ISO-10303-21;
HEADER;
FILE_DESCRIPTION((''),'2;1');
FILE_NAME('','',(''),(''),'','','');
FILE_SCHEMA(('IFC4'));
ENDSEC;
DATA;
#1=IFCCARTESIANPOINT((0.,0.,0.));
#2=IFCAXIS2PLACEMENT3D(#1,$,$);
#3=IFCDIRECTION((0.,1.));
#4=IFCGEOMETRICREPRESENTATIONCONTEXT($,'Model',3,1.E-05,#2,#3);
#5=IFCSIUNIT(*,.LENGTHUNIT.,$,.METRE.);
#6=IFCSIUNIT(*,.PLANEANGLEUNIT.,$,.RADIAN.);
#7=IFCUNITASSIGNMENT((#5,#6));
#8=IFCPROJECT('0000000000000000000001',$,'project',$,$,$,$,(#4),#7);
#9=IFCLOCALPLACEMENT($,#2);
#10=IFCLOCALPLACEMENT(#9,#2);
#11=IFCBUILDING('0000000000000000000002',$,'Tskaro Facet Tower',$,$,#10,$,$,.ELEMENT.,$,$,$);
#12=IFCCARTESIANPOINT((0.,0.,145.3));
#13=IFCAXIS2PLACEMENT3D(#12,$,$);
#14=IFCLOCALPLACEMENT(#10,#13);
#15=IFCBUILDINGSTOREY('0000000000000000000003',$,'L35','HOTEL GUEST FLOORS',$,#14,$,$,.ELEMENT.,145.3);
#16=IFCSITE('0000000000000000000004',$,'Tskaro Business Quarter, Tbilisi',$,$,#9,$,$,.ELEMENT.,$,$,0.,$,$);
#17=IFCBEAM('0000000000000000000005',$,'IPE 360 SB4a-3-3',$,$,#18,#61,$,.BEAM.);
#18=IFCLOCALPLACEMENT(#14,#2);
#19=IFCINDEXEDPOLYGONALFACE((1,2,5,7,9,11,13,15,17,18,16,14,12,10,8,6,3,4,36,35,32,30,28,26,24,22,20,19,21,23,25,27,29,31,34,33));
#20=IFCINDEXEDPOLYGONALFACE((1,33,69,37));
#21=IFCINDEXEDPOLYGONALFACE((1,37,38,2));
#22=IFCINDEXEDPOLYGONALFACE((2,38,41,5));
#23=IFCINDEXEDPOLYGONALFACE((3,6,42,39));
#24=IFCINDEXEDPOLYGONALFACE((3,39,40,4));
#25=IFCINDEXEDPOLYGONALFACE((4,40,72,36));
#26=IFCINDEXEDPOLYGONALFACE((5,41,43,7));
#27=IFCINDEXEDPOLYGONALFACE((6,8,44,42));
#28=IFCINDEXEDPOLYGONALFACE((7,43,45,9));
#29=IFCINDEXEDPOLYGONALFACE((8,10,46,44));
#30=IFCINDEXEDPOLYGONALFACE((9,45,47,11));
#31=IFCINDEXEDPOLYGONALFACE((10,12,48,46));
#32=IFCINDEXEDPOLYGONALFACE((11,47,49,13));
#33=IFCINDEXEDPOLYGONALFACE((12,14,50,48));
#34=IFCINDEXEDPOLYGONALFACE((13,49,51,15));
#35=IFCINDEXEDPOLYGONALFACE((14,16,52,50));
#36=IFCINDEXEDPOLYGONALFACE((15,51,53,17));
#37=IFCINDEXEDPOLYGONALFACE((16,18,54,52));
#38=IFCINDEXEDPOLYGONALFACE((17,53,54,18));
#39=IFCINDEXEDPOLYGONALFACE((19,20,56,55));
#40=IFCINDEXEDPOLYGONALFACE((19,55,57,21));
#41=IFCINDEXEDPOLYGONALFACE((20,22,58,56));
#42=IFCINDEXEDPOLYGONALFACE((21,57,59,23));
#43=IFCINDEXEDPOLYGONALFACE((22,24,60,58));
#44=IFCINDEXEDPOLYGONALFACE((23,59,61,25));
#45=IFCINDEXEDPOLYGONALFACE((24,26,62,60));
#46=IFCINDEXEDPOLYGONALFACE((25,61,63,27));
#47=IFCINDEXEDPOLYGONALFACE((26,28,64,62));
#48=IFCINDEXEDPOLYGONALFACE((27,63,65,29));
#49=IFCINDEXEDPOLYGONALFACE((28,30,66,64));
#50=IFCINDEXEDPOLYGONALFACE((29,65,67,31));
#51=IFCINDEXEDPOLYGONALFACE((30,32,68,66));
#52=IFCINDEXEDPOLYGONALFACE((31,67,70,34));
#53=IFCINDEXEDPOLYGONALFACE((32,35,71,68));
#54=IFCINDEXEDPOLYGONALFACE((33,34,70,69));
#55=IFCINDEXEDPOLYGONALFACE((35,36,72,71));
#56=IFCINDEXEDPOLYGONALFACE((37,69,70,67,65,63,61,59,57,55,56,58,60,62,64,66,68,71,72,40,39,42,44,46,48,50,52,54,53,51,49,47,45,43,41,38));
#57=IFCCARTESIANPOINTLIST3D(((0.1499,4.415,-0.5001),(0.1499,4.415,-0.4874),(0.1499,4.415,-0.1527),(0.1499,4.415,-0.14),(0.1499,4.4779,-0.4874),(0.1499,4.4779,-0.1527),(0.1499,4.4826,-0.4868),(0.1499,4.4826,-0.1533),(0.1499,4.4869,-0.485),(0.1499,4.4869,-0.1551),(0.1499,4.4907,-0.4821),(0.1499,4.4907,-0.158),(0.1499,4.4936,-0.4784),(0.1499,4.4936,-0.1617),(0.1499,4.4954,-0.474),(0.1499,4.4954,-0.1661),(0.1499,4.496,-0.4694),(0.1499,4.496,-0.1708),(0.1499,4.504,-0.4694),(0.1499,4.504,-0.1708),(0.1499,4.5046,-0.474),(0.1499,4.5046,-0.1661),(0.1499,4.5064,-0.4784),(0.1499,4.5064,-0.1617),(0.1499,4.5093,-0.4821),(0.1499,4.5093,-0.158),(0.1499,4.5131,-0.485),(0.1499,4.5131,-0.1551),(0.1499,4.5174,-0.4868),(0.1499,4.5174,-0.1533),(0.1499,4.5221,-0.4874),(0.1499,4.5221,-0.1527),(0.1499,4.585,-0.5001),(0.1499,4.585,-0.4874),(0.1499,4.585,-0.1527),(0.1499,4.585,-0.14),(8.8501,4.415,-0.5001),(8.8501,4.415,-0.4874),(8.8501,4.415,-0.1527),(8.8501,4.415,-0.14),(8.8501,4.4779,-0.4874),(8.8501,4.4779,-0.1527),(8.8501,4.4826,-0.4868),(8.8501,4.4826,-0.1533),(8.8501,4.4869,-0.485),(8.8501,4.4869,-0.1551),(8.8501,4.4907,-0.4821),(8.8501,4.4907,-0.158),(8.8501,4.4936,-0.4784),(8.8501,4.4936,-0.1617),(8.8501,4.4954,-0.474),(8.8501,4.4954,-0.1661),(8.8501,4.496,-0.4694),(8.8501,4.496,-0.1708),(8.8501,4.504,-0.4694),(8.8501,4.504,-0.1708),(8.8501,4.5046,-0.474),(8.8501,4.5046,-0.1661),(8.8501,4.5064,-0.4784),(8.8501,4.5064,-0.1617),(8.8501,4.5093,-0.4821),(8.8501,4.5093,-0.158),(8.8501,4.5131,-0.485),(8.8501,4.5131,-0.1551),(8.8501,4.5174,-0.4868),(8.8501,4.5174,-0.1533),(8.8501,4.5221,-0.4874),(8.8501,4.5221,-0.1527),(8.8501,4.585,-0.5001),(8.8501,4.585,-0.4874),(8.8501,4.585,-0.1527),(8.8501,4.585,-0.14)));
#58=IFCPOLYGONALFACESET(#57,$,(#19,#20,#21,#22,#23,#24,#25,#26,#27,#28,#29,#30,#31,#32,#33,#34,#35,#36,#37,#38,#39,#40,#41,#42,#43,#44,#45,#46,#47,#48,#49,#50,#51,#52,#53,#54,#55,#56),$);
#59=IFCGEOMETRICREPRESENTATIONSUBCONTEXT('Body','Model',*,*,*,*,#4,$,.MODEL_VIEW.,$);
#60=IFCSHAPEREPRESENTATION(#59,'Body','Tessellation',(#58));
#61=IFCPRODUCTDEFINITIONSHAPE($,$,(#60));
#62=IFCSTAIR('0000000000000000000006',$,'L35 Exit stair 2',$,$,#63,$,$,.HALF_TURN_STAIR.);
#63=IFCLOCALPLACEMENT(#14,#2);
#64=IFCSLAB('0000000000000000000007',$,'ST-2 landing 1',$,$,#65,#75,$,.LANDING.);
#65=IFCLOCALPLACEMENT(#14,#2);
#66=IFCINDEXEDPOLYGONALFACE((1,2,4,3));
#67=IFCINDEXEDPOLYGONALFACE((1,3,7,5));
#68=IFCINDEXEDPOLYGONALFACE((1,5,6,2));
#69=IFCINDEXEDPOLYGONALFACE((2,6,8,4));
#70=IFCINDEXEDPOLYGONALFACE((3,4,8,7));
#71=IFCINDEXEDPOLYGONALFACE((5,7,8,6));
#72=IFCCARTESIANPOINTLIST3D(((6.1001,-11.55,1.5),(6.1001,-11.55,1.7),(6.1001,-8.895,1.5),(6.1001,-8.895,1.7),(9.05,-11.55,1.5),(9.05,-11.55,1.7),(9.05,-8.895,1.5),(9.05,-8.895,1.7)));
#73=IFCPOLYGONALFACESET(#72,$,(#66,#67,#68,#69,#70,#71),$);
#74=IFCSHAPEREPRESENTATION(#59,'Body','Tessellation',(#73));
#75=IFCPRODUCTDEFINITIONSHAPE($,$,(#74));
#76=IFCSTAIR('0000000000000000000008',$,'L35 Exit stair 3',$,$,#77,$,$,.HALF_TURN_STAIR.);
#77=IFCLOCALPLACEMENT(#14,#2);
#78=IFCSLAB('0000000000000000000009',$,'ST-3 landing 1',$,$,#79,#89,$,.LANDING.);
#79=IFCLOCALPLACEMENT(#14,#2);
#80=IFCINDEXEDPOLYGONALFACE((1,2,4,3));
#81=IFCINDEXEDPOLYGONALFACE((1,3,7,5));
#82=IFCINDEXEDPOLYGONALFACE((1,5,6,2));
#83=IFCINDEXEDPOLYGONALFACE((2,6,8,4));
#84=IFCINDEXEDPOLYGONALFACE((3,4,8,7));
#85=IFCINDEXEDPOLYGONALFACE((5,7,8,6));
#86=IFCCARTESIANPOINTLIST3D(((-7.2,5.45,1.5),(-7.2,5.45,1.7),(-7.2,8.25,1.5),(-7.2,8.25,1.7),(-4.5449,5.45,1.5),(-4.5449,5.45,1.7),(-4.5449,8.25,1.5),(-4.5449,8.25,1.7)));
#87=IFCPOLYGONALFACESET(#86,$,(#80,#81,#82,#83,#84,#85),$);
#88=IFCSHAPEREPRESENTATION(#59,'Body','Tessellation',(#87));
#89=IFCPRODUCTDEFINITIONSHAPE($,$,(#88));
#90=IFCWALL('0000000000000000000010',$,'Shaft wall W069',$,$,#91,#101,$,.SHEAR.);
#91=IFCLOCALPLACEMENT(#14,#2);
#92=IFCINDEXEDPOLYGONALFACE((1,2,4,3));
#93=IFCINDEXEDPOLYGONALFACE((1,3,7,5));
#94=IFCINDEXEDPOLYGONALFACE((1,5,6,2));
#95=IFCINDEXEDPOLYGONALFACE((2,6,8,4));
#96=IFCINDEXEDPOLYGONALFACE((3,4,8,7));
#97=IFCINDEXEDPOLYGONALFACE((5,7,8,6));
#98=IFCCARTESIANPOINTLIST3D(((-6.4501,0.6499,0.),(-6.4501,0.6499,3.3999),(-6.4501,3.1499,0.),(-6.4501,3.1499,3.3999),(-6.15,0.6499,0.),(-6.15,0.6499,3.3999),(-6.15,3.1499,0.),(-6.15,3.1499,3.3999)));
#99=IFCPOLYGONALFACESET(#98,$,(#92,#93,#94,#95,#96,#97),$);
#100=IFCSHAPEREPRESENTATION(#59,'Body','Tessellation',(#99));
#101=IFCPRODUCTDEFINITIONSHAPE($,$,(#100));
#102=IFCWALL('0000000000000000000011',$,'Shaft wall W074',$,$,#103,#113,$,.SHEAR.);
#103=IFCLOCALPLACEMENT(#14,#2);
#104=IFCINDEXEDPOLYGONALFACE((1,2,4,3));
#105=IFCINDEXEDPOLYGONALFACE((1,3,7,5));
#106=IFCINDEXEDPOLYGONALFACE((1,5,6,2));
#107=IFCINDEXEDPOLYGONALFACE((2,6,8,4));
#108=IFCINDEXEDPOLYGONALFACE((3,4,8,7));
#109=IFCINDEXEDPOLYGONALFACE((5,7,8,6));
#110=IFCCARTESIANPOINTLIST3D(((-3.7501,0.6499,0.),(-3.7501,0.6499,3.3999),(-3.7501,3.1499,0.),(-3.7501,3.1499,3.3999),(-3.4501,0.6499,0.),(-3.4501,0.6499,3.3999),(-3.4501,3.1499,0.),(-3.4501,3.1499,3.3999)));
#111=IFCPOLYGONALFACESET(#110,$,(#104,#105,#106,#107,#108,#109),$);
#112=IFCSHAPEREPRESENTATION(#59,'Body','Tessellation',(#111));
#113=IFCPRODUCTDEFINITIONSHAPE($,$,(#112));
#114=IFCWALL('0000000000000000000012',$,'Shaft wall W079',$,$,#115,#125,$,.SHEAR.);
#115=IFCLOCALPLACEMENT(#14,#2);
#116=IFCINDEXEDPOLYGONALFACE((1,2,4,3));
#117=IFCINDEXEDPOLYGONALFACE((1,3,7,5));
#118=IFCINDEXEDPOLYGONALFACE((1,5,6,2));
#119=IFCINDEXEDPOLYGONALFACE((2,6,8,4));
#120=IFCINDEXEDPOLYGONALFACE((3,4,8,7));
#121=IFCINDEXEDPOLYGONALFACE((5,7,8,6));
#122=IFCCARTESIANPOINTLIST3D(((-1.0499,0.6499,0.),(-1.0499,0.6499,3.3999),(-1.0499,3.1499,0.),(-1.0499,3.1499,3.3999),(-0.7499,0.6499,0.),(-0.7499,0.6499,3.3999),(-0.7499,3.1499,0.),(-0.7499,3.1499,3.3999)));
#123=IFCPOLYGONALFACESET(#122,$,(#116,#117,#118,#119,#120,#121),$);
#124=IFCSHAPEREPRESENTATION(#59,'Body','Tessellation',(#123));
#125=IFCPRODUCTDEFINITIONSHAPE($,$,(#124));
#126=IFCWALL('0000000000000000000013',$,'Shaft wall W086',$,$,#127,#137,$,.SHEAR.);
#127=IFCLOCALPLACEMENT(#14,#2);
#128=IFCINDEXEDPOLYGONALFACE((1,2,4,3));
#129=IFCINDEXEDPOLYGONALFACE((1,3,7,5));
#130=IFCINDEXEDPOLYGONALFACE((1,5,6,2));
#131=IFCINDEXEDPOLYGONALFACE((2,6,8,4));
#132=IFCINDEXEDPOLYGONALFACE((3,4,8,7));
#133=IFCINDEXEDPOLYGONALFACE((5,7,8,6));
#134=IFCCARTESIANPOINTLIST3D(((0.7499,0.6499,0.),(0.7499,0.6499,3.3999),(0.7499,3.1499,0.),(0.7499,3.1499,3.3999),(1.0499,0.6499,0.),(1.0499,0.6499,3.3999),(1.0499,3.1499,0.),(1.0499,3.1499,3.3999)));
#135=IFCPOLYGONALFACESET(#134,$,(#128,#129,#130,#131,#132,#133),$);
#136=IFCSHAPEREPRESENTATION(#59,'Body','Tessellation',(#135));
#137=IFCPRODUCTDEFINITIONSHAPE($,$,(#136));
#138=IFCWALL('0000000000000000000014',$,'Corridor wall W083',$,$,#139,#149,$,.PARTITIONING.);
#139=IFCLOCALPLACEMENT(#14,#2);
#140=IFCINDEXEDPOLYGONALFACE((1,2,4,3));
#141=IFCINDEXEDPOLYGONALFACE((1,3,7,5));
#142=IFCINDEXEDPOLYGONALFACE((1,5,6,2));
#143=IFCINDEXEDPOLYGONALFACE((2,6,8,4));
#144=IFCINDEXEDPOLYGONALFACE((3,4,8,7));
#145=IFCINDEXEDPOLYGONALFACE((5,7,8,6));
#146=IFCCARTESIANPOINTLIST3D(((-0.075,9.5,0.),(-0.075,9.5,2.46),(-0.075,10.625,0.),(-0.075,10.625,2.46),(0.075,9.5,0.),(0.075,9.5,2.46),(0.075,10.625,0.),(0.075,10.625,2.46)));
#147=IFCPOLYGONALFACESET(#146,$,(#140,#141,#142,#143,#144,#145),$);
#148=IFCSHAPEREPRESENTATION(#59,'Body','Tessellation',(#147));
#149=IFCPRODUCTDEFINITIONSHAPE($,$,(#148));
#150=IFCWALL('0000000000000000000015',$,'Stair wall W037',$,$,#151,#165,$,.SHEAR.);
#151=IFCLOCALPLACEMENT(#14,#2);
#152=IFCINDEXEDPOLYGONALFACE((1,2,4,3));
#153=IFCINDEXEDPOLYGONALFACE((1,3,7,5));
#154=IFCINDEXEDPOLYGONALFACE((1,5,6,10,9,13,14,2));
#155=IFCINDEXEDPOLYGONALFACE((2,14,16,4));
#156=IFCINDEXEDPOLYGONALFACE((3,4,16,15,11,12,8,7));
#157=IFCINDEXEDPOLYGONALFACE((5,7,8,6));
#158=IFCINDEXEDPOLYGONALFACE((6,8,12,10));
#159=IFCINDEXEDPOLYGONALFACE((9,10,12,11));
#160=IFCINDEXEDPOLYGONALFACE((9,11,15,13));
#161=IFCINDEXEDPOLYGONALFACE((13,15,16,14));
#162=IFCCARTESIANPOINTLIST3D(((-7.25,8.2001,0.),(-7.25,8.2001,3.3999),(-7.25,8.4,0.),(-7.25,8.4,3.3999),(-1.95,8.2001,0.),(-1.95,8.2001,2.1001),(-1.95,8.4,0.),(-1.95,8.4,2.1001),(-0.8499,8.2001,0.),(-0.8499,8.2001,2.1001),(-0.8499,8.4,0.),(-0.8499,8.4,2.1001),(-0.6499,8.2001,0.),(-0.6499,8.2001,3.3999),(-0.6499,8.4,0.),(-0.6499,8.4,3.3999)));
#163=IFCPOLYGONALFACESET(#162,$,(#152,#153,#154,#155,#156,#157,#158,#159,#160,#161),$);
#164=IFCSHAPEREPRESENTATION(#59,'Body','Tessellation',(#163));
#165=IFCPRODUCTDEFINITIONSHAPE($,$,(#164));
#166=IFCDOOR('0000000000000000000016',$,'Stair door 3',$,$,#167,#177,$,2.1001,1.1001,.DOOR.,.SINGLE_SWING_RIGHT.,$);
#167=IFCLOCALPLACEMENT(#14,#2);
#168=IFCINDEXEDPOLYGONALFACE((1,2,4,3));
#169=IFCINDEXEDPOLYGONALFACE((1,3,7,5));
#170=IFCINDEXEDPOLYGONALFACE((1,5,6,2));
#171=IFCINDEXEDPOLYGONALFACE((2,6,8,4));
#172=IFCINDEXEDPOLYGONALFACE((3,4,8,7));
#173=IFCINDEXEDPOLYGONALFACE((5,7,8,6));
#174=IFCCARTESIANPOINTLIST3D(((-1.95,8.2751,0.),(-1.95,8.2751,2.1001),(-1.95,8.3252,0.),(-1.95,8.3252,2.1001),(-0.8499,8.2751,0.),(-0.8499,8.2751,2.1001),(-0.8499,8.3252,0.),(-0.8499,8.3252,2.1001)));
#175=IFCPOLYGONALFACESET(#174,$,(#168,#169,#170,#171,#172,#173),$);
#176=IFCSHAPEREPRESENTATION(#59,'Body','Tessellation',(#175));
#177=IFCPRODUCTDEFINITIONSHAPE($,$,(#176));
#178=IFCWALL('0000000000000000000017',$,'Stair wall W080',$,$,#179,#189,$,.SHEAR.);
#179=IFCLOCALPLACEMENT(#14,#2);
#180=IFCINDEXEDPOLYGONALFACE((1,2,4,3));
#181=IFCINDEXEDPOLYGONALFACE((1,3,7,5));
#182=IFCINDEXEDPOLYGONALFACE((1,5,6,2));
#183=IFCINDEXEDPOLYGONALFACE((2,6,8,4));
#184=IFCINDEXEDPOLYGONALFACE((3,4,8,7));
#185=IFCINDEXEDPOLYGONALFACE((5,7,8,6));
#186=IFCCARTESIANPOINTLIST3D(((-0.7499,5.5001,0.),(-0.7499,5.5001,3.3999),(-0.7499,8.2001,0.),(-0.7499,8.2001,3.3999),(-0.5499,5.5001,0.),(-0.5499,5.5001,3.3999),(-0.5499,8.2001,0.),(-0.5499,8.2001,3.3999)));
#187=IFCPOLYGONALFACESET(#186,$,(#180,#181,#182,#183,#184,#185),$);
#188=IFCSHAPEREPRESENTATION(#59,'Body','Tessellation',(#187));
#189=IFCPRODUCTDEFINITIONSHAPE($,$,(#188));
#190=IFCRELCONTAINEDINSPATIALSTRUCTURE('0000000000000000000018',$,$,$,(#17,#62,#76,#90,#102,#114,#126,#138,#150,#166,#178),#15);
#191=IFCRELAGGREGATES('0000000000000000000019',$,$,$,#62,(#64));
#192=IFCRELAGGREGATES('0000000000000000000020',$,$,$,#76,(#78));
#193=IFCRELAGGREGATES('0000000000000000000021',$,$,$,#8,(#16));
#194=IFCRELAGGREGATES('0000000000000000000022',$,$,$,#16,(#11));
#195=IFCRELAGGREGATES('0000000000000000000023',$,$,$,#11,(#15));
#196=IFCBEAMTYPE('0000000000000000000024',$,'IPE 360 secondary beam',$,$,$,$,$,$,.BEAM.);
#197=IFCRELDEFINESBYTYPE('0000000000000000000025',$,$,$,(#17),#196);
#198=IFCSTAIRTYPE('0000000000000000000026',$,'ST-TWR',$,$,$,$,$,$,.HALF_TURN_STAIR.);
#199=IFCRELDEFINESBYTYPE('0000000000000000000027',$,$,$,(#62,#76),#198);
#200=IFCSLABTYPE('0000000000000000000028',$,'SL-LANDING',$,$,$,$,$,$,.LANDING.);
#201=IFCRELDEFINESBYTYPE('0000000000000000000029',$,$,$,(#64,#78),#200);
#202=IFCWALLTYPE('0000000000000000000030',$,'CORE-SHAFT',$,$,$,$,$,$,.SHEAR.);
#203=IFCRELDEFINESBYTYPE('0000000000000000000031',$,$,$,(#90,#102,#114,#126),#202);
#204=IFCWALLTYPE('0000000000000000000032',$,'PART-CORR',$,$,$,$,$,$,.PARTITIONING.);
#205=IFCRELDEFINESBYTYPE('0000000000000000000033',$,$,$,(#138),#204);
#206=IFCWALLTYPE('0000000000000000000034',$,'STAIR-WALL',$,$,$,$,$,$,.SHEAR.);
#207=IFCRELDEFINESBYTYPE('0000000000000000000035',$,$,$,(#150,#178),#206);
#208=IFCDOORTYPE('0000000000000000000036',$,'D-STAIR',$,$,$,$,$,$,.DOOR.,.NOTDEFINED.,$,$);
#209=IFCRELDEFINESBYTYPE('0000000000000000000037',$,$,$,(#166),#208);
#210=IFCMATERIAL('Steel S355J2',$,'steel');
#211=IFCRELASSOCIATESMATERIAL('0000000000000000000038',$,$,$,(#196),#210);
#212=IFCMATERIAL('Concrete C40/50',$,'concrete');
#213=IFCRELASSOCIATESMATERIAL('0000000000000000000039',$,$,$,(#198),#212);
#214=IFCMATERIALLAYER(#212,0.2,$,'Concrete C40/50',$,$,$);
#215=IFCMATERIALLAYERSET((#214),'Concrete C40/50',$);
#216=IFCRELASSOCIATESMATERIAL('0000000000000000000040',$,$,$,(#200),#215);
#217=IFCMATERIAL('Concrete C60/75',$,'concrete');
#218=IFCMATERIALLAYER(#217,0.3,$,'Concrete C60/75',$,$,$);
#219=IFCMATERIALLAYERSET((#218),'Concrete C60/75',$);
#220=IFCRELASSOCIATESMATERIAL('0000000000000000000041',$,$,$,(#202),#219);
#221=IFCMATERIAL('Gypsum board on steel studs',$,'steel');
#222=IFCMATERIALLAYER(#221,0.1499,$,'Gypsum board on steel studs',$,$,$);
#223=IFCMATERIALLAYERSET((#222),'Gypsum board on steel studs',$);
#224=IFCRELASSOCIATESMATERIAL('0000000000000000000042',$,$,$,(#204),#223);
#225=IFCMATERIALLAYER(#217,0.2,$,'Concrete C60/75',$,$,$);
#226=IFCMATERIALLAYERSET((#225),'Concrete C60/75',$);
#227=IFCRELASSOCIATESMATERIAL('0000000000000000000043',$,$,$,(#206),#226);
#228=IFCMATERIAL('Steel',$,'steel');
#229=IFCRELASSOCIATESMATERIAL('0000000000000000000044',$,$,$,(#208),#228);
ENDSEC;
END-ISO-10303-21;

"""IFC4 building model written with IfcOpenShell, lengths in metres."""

from ifc_helpers import new_model, si_unit, direction, frame, frame_2d, origin, origin_2d, place, context, subcontext, project, spatial, polyline, rectangle, i_section, outline, extrude, material, layer, layer_set, material_profile, profile_set, type_object, element, fill, aggregate, save


model = new_model("IFC4")

# Units and contexts
model_context = context("Model", 3, precision=1e-05, world=origin(), true_north=direction((0.0, 1.0)))
body_context = subcontext(model_context, "Body", "Model", "MODEL_VIEW")
ifc_project = project(units=[si_unit("LENGTHUNIT", "METRE"), si_unit("PLANEANGLEUNIT", "RADIAN")], contexts=[model_context])

# Site, building, storey
site_placement = place(None, origin())
site = spatial("IfcSite", under=ifc_project, at=site_placement, Name="Tskaro Business Quarter, Tbilisi", CompositionType="ELEMENT", RefElevation=0.0)
building_placement = place(site_placement, origin())
building = spatial("IfcBuilding", under=site, at=building_placement, Name="Tskaro Facet Tower", CompositionType="ELEMENT")
storey_placement = place(building_placement, frame((0.0, 0.0, 145.3)))
storey = spatial("IfcBuildingStorey", under=building, at=storey_placement, Name="L35", Description="HOTEL GUEST FLOORS", CompositionType="ELEMENT", Elevation=145.3)

# Beam
ifc_material_1 = material(Name="Steel S355J2", Category="steel")
ifc_material_profile_1 = material_profile(ifc_material_1, i_section(OverallWidth=0.1699, OverallDepth=0.3601, WebThickness=0.0081, FlangeThickness=0.0127, FilletRadius=0.0181, at=origin_2d()), Name="IPE 360")
ifc_profile_set_1 = profile_set([ifc_material_profile_1], Name="Steel S355J2")
beam_type_1 = type_object("IfcBeamType", Name="IPE 360 secondary beam", PredefinedType="BEAM", material=ifc_profile_set_1)
beam_1_placement = place(storey_placement, frame((0.1499, 4.5, -0.3201), z_axis=(1.0, 0.0, 0.0), x_axis=(0.0, 1.0, 0.0)))
element("IfcBeam", 1, at=beam_1_placement, inside=storey, type_object=beam_type_1, Name="IPE 360 SB4a-3-3", PredefinedType="BEAM", context=body_context, shape_type="SweptSolid", body=[
    extrude(i_section(OverallWidth=0.1699, OverallDepth=0.3601, WebThickness=0.0081, FlangeThickness=0.0127, FilletRadius=0.0181, at=origin_2d()), origin(), (0.0, 0.0, 1.0), 8.7002),
])

# Stairs, slabs
ifc_material_2 = material(Name="Concrete C40/50", Category="concrete")
stair_type = type_object("IfcStairType", Name="ST-TWR", PredefinedType="HALF_TURN_STAIR", material=ifc_material_2)
stair_1_placement = place(storey_placement, origin())
stair_1 = element("IfcStair", 2, at=stair_1_placement, inside=storey, type_object=stair_type, Name="L35 Exit stair 2", PredefinedType="HALF_TURN_STAIR")
ifc_layer_1 = layer(ifc_material_2, 0.2, Name="Concrete C40/50")
ifc_layer_set_1 = layer_set([ifc_layer_1], Name="Concrete C40/50")
slab_type = type_object("IfcSlabType", Name="SL-LANDING", PredefinedType="LANDING", material=ifc_layer_set_1)
slab_1_placement = place(storey_placement, frame((0.0, 0.0, 1.5)))
slab_1 = element("IfcSlab", 3, at=slab_1_placement, type_object=slab_type, Name="ST-2 landing 1", PredefinedType="LANDING", context=body_context, shape_type="SweptSolid", body=[
    extrude(outline(polyline([(6.1001, -11.55), (9.05, -11.55), (9.05, -8.895), (6.1001, -8.895), (6.1001, -11.55)])), origin(), (0.0, 0.0, 1.0), 0.2),
])
aggregate(stair_1, [slab_1])
stair_2_placement = place(storey_placement, origin())
stair_2 = element("IfcStair", 4, at=stair_2_placement, inside=storey, type_object=stair_type, Name="L35 Exit stair 3", PredefinedType="HALF_TURN_STAIR")
slab_2_placement = place(storey_placement, frame((0.0, 0.0, 1.5)))
slab_2 = element("IfcSlab", 5, at=slab_2_placement, type_object=slab_type, Name="ST-3 landing 1", PredefinedType="LANDING", context=body_context, shape_type="SweptSolid", body=[
    extrude(outline(polyline([(-7.2, 5.45), (-4.5449, 5.45), (-4.5449, 8.25), (-7.2, 8.25), (-7.2, 5.45)])), origin(), (0.0, 0.0, 1.0), 0.2),
])

# Walls
ifc_material_3 = material(Name="Concrete C60/75", Category="concrete")
ifc_layer_2 = layer(ifc_material_3, 0.3, Name="Concrete C60/75")
ifc_layer_set_2 = layer_set([ifc_layer_2], Name="Concrete C60/75")
wall_type_1 = type_object("IfcWallType", Name="CORE-SHAFT", PredefinedType="SHEAR", material=ifc_layer_set_2)
for number, where, z_axis, x_axis, name in (
    (6, (-6.3, 0.6499, 0.0), (0.0, 0.0, 1.0), (0.0, 1.0, 0.0), "Shaft wall W069"),
    (7, (-3.6001, 0.6499, 0.0), (0.0, 0.0, 1.0), (0.0, 1.0, 0.0), "Shaft wall W074"),
    (8, (-0.8999, 0.6499, 0.0), (0.0, 0.0, 1.0), (0.0, 1.0, 0.0), "Shaft wall W079"),
    (9, (0.8999, 0.6499, 0.0), (0.0, 0.0, 1.0), (0.0, 1.0, 0.0), "Shaft wall W086"),
):
    element("IfcWall", number, at=place(storey_placement, frame(where, z_axis=z_axis, x_axis=x_axis)), inside=storey, type_object=wall_type_1, Name=name, PredefinedType="SHEAR", context=body_context, shape_type="SweptSolid", body=[
        extrude(rectangle(XDim=2.5, YDim=0.3, at=frame_2d((1.25, 0.0))), origin(), (0.0, 0.0, 1.0), 3.3999),
    ])
ifc_material_4 = material(Name="Gypsum board on steel studs", Category="steel")
ifc_layer_3 = layer(ifc_material_4, 0.1499, Name="Gypsum board on steel studs")
ifc_layer_set_3 = layer_set([ifc_layer_3], Name="Gypsum board on steel studs")
wall_type_2 = type_object("IfcWallType", Name="PART-CORR", PredefinedType="PARTITIONING", material=ifc_layer_set_3)
wall_1_placement = place(storey_placement, frame((0.0, 9.5, 0.0), z_axis=(0.0, 0.0, 1.0), x_axis=(0.0, 1.0, 0.0)))
element("IfcWall", 10, at=wall_1_placement, inside=storey, type_object=wall_type_2, Name="Corridor wall W083", PredefinedType="PARTITIONING", context=body_context, shape_type="SweptSolid", body=[
    extrude(rectangle(XDim=1.125, YDim=0.1499, at=frame_2d((0.5625, 0.0))), origin(), (0.0, 0.0, 1.0), 2.46),
])

# Wall, opening, door
ifc_layer_4 = layer(ifc_material_3, 0.2, Name="Concrete C60/75")
ifc_layer_set_4 = layer_set([ifc_layer_4], Name="Concrete C60/75")
wall_type_3 = type_object("IfcWallType", Name="STAIR-WALL", PredefinedType="SHEAR", material=ifc_layer_set_4)
wall_2_placement = place(storey_placement, frame((-0.6499, 8.3, 0.0), z_axis=(0.0, 0.0, 1.0), x_axis=(-1.0, 0.0, 0.0)))
wall_2 = element("IfcWall", 11, at=wall_2_placement, inside=storey, type_object=wall_type_3, Name="Stair wall W037", PredefinedType="SHEAR", context=body_context, shape_type="SweptSolid", body=[
    extrude(rectangle(XDim=6.6001, YDim=0.2, at=frame_2d((3.3, 0.0))), origin(), (0.0, 0.0, 1.0), 3.3999),
])
opening_placement = place(wall_2_placement, frame((0.2, 0.0, 0.0)))
opening = element("IfcOpeningElement", 12, at=opening_placement, cuts=wall_2, PredefinedType="OPENING", context=body_context, shape_type="SweptSolid", body=[
    extrude(rectangle(XDim=1.1001, YDim=2.1001, at=frame_2d((0.55, 1.05))), frame((0.0, 0.1099, 0.0), z_axis=(0.0, -1.0, 0.0), x_axis=(1.0, 0.0, 0.0)), (0.0, 0.0, 1.0), 0.22),
])
ifc_material_5 = material(Name="Steel", Category="steel")
door_type = type_object("IfcDoorType", Name="D-STAIR", OperationType="NOTDEFINED", PredefinedType="DOOR", material=ifc_material_5)
door_placement = place(opening_placement, origin())
door = element("IfcDoor", 13, at=door_placement, inside=storey, type_object=door_type, Name="Stair door 3", OperationType="SINGLE_SWING_RIGHT", OverallHeight=2.1001, OverallWidth=1.1001, PredefinedType="DOOR", context=body_context, shape_type="SweptSolid", body=[
    extrude(rectangle(XDim=1.1001, YDim=2.1001, at=frame_2d((0.55, 1.05))), frame((0.0, 0.0249, 0.0), z_axis=(0.0, -1.0, 0.0), x_axis=(1.0, 0.0, 0.0)), (0.0, 0.0, 1.0), 0.05),
])
fill(opening, door)

# Wall
wall_3_placement = place(storey_placement, frame((-0.6499, 5.5, 0.0), z_axis=(0.0, 0.0, 1.0), x_axis=(0.0, 1.0, 0.0)))
element("IfcWall", 14, at=wall_3_placement, inside=storey, type_object=wall_type_3, Name="Stair wall W080", PredefinedType="SHEAR", context=body_context, shape_type="SweptSolid", body=[
    extrude(rectangle(XDim=2.7, YDim=0.2, at=frame_2d((1.3501, 0.0))), origin(), (0.0, 0.0, 1.0), 3.3999),
])

aggregate(stair_2, [slab_2])

save(model, "model.ifc")
